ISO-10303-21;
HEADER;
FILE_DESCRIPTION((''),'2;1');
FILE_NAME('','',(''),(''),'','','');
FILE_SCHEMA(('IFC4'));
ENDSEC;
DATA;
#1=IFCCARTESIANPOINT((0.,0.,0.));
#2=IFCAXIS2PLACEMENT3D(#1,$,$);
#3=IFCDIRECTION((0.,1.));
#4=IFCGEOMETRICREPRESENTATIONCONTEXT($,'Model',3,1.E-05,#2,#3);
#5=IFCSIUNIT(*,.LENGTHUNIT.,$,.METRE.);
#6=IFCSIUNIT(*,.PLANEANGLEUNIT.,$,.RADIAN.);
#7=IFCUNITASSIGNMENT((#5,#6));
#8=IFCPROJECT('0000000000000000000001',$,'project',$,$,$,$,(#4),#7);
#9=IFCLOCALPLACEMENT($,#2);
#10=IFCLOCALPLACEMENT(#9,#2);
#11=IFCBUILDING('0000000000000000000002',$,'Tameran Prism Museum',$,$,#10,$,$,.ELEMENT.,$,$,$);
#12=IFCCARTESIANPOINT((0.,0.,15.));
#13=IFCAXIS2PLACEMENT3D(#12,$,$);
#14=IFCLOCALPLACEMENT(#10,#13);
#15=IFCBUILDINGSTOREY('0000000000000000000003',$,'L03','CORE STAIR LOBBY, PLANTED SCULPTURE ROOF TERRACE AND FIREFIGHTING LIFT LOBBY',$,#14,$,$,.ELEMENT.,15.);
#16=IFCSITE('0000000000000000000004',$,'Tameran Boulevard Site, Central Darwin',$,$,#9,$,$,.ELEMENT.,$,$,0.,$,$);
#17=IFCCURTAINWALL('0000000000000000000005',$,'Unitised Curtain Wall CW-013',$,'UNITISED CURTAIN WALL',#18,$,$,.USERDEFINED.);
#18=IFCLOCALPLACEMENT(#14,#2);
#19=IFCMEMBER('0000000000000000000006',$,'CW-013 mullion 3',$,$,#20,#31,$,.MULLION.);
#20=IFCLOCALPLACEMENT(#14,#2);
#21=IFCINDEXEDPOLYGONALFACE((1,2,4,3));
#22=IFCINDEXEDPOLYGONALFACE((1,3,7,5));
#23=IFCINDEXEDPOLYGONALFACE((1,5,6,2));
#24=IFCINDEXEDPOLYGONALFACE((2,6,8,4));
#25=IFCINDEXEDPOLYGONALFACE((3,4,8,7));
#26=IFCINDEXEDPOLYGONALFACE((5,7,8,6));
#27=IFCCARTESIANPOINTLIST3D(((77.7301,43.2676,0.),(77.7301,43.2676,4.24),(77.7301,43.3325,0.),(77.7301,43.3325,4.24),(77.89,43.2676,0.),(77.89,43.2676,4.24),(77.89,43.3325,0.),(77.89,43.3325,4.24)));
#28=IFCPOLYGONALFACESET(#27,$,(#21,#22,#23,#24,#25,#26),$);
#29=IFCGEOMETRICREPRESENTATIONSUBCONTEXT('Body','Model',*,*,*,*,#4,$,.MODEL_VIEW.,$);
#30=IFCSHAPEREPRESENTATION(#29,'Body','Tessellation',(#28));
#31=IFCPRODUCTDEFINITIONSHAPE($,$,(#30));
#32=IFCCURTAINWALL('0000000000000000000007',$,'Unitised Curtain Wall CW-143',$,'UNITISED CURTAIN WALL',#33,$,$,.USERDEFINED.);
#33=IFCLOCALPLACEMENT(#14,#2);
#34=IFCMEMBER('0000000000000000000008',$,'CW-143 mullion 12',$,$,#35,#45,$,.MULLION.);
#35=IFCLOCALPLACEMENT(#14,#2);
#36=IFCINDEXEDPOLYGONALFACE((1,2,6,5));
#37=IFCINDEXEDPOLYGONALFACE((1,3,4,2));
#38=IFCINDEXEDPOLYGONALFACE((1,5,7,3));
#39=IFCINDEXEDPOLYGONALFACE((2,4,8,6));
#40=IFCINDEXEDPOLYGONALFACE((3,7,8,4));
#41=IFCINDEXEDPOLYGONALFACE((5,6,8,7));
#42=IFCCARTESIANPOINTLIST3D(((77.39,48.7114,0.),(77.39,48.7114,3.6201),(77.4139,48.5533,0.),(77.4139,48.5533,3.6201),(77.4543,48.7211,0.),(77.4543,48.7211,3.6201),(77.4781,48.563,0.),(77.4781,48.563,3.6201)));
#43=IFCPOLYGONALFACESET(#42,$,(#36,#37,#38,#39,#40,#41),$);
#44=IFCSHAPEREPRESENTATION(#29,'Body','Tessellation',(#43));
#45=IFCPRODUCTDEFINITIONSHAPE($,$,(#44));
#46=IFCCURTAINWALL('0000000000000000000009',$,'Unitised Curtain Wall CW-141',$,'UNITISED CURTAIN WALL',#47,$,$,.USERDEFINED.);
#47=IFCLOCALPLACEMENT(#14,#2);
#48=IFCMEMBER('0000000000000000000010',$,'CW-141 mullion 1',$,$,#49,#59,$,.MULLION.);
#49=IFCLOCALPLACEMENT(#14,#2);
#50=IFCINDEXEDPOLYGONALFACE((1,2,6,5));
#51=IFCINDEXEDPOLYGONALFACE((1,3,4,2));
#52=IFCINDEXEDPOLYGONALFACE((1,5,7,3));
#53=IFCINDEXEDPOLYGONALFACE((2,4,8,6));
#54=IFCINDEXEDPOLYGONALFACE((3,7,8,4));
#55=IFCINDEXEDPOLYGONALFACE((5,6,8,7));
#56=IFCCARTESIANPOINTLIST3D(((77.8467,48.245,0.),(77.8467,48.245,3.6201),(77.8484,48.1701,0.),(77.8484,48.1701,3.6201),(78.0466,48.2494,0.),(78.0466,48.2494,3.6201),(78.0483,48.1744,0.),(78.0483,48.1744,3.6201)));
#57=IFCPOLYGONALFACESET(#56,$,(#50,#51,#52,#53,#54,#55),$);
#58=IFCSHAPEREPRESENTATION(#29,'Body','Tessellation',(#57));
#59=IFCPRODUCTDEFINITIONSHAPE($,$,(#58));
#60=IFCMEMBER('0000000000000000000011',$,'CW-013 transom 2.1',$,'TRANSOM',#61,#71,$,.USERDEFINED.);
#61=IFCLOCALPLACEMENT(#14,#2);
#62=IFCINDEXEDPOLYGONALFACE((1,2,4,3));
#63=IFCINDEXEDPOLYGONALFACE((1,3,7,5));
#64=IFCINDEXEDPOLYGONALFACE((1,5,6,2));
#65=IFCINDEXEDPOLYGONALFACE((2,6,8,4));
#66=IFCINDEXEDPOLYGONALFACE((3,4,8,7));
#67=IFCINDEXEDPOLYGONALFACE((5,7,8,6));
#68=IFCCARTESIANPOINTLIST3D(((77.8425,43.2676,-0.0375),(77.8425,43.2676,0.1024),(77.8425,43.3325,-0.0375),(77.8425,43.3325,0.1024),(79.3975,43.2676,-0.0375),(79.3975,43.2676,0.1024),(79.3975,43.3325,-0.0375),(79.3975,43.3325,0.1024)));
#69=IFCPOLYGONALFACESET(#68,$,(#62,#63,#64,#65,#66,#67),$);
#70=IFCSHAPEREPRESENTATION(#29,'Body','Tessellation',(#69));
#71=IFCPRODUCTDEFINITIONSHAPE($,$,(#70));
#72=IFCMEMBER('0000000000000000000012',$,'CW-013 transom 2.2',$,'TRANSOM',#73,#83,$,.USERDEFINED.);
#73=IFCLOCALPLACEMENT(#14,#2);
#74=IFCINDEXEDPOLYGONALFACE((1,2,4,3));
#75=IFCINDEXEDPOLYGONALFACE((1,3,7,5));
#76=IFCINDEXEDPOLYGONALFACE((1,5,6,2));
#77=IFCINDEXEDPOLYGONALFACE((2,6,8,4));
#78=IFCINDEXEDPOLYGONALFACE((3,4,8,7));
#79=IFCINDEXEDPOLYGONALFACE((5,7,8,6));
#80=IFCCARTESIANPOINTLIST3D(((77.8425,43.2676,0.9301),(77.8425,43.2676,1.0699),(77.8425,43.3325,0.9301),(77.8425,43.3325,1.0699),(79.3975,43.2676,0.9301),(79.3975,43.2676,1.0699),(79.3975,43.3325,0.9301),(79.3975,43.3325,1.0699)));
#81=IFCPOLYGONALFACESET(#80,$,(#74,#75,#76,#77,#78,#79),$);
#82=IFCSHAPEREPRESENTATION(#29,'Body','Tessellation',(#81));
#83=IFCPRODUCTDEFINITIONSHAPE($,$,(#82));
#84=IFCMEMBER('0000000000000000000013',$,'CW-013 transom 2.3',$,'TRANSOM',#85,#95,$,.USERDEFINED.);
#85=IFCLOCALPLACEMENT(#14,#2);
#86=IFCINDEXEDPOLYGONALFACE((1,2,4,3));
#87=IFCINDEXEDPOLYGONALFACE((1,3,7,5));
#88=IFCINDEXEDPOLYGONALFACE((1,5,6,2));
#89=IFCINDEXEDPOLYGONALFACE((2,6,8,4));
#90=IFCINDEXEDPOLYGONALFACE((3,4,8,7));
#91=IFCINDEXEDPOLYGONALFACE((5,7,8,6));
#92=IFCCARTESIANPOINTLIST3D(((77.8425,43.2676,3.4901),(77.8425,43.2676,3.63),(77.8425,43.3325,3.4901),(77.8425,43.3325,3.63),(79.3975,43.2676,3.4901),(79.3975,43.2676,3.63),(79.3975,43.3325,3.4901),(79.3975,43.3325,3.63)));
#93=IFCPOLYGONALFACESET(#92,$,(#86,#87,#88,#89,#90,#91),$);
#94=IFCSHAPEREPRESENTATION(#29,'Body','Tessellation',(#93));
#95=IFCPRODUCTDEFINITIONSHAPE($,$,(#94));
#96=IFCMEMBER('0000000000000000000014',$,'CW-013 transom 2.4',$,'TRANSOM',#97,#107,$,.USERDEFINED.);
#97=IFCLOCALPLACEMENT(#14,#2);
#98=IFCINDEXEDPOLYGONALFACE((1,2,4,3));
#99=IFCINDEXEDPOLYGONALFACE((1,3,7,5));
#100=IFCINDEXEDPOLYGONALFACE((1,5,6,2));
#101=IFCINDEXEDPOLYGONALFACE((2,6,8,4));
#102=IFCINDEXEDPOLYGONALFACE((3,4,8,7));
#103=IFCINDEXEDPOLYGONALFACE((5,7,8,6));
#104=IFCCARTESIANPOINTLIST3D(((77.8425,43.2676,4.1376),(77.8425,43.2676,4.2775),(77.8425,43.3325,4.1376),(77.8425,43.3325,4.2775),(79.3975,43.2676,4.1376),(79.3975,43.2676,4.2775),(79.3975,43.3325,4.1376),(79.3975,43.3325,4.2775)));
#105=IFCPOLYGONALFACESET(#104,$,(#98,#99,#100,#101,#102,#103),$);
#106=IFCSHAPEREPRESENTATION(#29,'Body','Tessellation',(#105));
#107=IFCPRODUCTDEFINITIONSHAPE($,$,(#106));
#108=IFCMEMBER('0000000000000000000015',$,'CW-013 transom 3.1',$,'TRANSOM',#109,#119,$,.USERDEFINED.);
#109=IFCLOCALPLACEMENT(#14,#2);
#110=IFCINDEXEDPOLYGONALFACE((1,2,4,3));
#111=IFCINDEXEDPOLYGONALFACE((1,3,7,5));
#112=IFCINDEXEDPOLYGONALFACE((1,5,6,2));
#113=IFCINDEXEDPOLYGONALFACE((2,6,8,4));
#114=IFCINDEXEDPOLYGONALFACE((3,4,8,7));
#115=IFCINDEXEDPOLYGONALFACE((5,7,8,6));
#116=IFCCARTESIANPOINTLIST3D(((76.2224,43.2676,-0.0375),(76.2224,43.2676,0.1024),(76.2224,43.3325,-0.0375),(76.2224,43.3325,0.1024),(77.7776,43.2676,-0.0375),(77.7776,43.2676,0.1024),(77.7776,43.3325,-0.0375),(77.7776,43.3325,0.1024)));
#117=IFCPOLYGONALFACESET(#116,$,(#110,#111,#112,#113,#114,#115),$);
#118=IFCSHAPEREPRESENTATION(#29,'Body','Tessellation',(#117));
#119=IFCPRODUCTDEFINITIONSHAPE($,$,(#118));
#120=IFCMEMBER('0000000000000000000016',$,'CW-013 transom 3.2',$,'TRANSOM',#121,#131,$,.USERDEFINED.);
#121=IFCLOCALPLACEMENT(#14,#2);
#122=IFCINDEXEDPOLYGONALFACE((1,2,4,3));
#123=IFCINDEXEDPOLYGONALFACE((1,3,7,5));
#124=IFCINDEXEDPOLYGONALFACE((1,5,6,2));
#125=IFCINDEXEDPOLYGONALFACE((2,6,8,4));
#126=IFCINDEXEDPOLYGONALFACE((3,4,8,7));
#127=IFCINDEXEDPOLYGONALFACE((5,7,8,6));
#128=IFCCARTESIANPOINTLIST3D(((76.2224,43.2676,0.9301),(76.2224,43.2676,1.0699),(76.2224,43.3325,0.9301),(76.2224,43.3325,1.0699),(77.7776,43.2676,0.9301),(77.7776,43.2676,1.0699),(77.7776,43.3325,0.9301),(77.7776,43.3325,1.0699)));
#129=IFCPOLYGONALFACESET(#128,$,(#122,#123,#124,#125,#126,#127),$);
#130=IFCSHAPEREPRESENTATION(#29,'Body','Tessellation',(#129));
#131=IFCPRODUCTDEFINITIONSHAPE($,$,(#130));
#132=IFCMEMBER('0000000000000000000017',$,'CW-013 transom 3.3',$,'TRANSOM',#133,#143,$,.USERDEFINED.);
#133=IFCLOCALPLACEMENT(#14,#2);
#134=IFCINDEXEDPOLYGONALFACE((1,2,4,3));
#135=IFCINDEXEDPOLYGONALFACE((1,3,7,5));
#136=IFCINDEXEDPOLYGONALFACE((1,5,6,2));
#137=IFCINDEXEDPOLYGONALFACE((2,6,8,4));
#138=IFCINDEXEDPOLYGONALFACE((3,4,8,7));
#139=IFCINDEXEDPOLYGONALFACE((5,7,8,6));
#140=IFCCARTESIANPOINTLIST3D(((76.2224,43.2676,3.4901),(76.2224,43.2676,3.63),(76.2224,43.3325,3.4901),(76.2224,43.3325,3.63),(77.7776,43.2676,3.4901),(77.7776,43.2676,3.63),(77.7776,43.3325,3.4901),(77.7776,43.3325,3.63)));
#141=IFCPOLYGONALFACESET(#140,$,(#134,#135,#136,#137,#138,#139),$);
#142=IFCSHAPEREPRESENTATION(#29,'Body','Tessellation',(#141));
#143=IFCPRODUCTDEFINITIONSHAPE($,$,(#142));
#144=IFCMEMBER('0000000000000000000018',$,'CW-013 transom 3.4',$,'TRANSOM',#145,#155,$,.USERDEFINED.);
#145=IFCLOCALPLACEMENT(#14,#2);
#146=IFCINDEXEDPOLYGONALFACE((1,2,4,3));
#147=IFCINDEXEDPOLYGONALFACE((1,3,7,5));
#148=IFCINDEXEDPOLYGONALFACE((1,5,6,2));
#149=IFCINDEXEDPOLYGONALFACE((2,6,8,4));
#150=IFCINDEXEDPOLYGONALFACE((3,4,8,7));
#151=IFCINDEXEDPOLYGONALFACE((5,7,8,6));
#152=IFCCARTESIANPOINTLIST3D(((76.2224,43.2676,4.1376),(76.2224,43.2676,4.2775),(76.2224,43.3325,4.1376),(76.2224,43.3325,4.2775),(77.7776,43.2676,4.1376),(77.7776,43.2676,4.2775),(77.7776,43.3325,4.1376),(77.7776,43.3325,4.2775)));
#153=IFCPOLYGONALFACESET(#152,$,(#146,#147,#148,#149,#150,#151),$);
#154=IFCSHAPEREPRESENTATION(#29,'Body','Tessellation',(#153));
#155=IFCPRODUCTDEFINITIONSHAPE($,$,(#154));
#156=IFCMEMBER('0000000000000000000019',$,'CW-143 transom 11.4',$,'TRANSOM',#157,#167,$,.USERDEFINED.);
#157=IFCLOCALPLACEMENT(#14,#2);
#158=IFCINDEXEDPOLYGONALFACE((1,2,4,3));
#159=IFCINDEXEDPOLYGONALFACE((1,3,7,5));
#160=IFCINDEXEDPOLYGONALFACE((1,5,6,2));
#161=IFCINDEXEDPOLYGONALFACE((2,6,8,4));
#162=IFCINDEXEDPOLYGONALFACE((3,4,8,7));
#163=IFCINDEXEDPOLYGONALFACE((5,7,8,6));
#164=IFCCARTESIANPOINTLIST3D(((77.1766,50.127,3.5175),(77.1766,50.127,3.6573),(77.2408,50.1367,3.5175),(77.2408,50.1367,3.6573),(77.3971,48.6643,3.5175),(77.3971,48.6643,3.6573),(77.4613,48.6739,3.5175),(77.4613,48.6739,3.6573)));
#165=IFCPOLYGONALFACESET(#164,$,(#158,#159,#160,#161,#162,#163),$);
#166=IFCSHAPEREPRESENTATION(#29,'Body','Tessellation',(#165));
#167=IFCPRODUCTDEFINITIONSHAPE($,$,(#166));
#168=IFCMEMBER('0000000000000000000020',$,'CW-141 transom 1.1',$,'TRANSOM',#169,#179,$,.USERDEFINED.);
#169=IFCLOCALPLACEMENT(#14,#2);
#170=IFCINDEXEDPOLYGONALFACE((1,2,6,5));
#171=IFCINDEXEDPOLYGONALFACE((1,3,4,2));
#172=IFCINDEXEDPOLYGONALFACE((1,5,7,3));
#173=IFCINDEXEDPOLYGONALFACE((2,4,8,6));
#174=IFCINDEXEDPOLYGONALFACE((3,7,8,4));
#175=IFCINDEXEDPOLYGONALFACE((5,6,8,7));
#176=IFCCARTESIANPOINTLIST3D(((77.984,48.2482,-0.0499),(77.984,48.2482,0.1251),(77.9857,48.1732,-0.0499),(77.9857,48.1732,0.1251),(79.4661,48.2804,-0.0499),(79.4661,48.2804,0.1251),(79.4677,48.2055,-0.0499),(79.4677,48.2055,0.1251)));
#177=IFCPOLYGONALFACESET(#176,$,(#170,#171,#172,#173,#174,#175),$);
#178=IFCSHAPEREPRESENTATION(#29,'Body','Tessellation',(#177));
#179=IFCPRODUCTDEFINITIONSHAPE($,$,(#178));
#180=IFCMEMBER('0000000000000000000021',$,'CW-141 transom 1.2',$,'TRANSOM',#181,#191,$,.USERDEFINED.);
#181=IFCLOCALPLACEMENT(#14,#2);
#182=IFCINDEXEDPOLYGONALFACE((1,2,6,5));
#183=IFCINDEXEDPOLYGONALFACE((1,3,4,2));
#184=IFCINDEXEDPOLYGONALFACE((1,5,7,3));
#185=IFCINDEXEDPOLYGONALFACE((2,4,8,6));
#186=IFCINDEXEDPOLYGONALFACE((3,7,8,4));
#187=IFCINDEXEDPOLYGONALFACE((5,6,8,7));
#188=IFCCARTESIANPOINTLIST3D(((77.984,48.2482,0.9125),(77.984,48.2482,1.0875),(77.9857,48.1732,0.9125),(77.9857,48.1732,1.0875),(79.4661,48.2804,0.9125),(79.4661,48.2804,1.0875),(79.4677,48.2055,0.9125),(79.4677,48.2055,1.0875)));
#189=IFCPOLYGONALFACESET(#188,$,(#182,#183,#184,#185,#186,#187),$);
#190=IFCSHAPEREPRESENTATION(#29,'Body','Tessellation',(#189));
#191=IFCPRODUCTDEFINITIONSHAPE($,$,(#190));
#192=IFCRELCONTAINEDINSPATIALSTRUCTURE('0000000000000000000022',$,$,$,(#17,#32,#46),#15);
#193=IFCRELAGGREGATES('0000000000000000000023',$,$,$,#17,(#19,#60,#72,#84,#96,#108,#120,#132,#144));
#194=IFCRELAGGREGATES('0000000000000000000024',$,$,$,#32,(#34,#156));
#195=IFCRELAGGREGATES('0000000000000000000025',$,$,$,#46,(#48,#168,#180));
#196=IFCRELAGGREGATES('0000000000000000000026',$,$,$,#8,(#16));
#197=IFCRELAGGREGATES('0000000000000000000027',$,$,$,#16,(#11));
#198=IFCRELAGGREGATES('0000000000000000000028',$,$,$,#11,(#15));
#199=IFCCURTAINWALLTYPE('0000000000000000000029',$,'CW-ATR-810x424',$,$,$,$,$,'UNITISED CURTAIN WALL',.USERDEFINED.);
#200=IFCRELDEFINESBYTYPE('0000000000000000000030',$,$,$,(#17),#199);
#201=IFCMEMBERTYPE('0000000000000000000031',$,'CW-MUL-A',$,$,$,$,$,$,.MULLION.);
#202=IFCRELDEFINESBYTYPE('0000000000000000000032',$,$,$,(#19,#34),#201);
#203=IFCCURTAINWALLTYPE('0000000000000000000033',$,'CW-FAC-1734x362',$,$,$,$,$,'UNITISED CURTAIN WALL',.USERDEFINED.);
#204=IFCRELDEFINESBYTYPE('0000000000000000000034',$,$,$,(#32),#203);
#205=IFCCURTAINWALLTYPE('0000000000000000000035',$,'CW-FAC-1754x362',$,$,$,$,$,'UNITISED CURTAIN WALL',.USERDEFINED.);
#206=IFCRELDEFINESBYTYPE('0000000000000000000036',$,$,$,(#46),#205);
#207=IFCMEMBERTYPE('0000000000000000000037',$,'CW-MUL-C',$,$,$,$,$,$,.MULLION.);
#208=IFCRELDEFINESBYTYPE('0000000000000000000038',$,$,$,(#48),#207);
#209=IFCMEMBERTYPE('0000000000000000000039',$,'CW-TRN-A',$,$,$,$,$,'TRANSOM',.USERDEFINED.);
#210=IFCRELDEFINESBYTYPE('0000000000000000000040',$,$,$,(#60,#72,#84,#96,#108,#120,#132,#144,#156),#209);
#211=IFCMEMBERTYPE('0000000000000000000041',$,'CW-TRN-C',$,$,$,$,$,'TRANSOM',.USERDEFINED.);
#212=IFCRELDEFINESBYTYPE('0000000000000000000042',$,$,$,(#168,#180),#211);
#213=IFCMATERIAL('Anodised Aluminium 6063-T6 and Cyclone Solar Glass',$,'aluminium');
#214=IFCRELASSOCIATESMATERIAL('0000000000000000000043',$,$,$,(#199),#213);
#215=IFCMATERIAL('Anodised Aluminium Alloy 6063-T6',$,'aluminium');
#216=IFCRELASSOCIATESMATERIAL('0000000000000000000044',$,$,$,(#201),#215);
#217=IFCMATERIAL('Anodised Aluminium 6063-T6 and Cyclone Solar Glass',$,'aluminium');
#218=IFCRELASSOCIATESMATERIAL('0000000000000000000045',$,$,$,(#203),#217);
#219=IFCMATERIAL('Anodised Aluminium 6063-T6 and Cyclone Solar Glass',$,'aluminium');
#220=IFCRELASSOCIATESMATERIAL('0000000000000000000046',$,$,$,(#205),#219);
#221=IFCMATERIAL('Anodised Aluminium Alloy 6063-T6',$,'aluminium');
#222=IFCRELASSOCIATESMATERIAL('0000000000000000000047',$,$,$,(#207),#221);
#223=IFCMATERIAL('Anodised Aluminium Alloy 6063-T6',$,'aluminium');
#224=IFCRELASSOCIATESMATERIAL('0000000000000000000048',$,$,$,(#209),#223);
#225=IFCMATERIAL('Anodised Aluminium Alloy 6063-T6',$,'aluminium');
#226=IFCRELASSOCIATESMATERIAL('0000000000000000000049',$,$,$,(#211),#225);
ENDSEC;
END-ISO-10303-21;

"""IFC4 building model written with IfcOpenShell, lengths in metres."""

from ifc_helpers import new_model, si_unit, direction, frame, origin, origin_2d, place, context, subcontext, project, spatial, rectangle, extrude, material, material_profile, profile_set, type_object, element, aggregate, save


model = new_model("IFC4")

# Units and contexts
model_context = context("Model", 3, precision=1e-05, world=origin(), true_north=direction((0.0, 1.0)))
body_context = subcontext(model_context, "Body", "Model", "MODEL_VIEW")
ifc_project = project(units=[si_unit("LENGTHUNIT", "METRE"), si_unit("PLANEANGLEUNIT", "RADIAN")], contexts=[model_context])

# Site, building, storey
site_placement = place(None, origin())
site = spatial("IfcSite", under=ifc_project, at=site_placement, Name="Tameran Boulevard Site, Central Darwin", CompositionType="ELEMENT", RefElevation=0.0)
building_placement = place(site_placement, origin())
building = spatial("IfcBuilding", under=site, at=building_placement, Name="Tameran Prism Museum", CompositionType="ELEMENT")
storey_placement = place(building_placement, frame((0.0, 0.0, 15.0)))
storey = spatial("IfcBuildingStorey", under=building, at=storey_placement, Name="L03", Description="CORE STAIR LOBBY, PLANTED SCULPTURE ROOF TERRACE AND FIREFIGHTING LIFT LOBBY", CompositionType="ELEMENT", Elevation=15.0)

# Curtain walls, members
ifc_material_1 = material(Name="Anodised Aluminium 6063-T6 and Cyclone Solar Glass", Category="aluminium")
curtain_wall_type_1 = type_object("IfcCurtainWallType", Name="CW-ATR-810x424", ElementType="UNITISED CURTAIN WALL", PredefinedType="USERDEFINED", material=ifc_material_1)
curtain_wall_1_placement = place(storey_placement, origin())
curtain_wall_1 = element("IfcCurtainWall", 1, at=curtain_wall_1_placement, inside=storey, type_object=curtain_wall_type_1, Name="Unitised Curtain Wall CW-013", ObjectType="UNITISED CURTAIN WALL", PredefinedType="USERDEFINED")
ifc_material_2 = material(Name="Anodised Aluminium Alloy 6063-T6", Category="aluminium")
ifc_material_profile_1 = material_profile(ifc_material_2, rectangle(XDim=0.0649, YDim=0.1599, at=origin_2d()))
ifc_profile_set_1 = profile_set([ifc_material_profile_1])
member_type_1 = type_object("IfcMemberType", Name="CW-MUL-A", PredefinedType="MULLION", material=ifc_profile_set_1)
member_1_placement = place(storey_placement, frame((77.8101, 43.3, 0.0), z_axis=(0.0, 0.0, 1.0), x_axis=(0.0, -1.0, 0.0)))
member_1 = element("IfcMember", 2, at=member_1_placement, type_object=member_type_1, Name="CW-013 mullion 3", PredefinedType="MULLION", context=body_context, shape_type="SweptSolid", body=[
    extrude(rectangle(XDim=0.0649, YDim=0.1599, at=origin_2d()), origin(), (0.0, 0.0, 1.0), 4.24),
])
ifc_material_3 = material(Name="Anodised Aluminium 6063-T6 and Cyclone Solar Glass", Category="aluminium")
curtain_wall_type_2 = type_object("IfcCurtainWallType", Name="CW-FAC-1734x362", ElementType="UNITISED CURTAIN WALL", PredefinedType="USERDEFINED", material=ifc_material_3)
curtain_wall_2_placement = place(storey_placement, origin())
curtain_wall_2 = element("IfcCurtainWall", 3, at=curtain_wall_2_placement, inside=storey, type_object=curtain_wall_type_2, Name="Unitised Curtain Wall CW-143", ObjectType="UNITISED CURTAIN WALL", PredefinedType="USERDEFINED")
member_2_placement = place(storey_placement, frame((77.4341, 48.6372, 0.0), z_axis=(0.0, 0.0, 1.0), x_axis=(0.988812, 0.149167, 0.0)))
member_2 = element("IfcMember", 4, at=member_2_placement, type_object=member_type_1, Name="CW-143 mullion 12", PredefinedType="MULLION", context=body_context, shape_type="SweptSolid", body=[
    extrude(rectangle(XDim=0.0649, YDim=0.1599, at=origin_2d()), origin(), (0.0, 0.0, 1.0), 3.6201),
])
ifc_material_4 = material(Name="Anodised Aluminium 6063-T6 and Cyclone Solar Glass", Category="aluminium")
curtain_wall_type_3 = type_object("IfcCurtainWallType", Name="CW-FAC-1754x362", ElementType="UNITISED CURTAIN WALL", PredefinedType="USERDEFINED", material=ifc_material_4)
curtain_wall_3_placement = place(storey_placement, origin())
curtain_wall_3 = element("IfcCurtainWall", 5, at=curtain_wall_3_placement, inside=storey, type_object=curtain_wall_type_3, Name="Unitised Curtain Wall CW-141", ObjectType="UNITISED CURTAIN WALL", PredefinedType="USERDEFINED")
ifc_material_5 = material(Name="Anodised Aluminium Alloy 6063-T6", Category="aluminium")
ifc_material_profile_2 = material_profile(ifc_material_5, rectangle(XDim=0.075, YDim=0.2, at=origin_2d()))
ifc_profile_set_2 = profile_set([ifc_material_profile_2])
member_type_2 = type_object("IfcMemberType", Name="CW-MUL-C", PredefinedType="MULLION", material=ifc_profile_set_2)
member_3_placement = place(storey_placement, frame((77.9475, 48.2097, 0.0), z_axis=(0.0, 0.0, 1.0), x_axis=(-0.021831, 0.999762, 0.0)))
member_3 = element("IfcMember", 6, at=member_3_placement, type_object=member_type_2, Name="CW-141 mullion 1", PredefinedType="MULLION", context=body_context, shape_type="SweptSolid", body=[
    extrude(rectangle(XDim=0.075, YDim=0.2, at=origin_2d()), origin(), (0.0, 0.0, 1.0), 3.6201),
])

# Members
ifc_material_6 = material(Name="Anodised Aluminium Alloy 6063-T6", Category="aluminium")
ifc_material_profile_3 = material_profile(ifc_material_6, rectangle(XDim=0.0649, YDim=0.1399, at=origin_2d()))
ifc_profile_set_3 = profile_set([ifc_material_profile_3])
member_type_3 = type_object("IfcMemberType", Name="CW-TRN-A", ElementType="TRANSOM", PredefinedType="USERDEFINED", material=ifc_profile_set_3)
member_4_placement = place(storey_placement, frame((79.3975, 43.3, 0.0325), z_axis=(-1.0, 0.0, 0.0), x_axis=(0.0, -1.0, 0.0)))
member_4 = element("IfcMember", 7, at=member_4_placement, type_object=member_type_3, Name="CW-013 transom 2.1", ObjectType="TRANSOM", PredefinedType="USERDEFINED", context=body_context, shape_type="SweptSolid", body=[
    extrude(rectangle(XDim=0.0649, YDim=0.1399, at=origin_2d()), origin(), (0.0, 0.0, 1.0), 1.5549),
])
member_5_placement = place(storey_placement, frame((79.3975, 43.3, 1.0), z_axis=(-1.0, 0.0, 0.0), x_axis=(0.0, -1.0, 0.0)))
member_5 = element("IfcMember", 8, at=member_5_placement, type_object=member_type_3, Name="CW-013 transom 2.2", ObjectType="TRANSOM", PredefinedType="USERDEFINED", context=body_context, shape_type="SweptSolid", body=[
    extrude(rectangle(XDim=0.0649, YDim=0.1399, at=origin_2d()), origin(), (0.0, 0.0, 1.0), 1.5549),
])
member_6_placement = place(storey_placement, frame((79.3975, 43.3, 3.5601), z_axis=(-1.0, 0.0, 0.0), x_axis=(0.0, -1.0, 0.0)))
member_6 = element("IfcMember", 9, at=member_6_placement, type_object=member_type_3, Name="CW-013 transom 2.3", ObjectType="TRANSOM", PredefinedType="USERDEFINED", context=body_context, shape_type="SweptSolid", body=[
    extrude(rectangle(XDim=0.0649, YDim=0.1399, at=origin_2d()), origin(), (0.0, 0.0, 1.0), 1.5549),
])
member_7_placement = place(storey_placement, frame((79.3975, 43.3, 4.2075), z_axis=(-1.0, 0.0, 0.0), x_axis=(0.0, -1.0, 0.0)))
member_7 = element("IfcMember", 10, at=member_7_placement, type_object=member_type_3, Name="CW-013 transom 2.4", ObjectType="TRANSOM", PredefinedType="USERDEFINED", context=body_context, shape_type="SweptSolid", body=[
    extrude(rectangle(XDim=0.0649, YDim=0.1399, at=origin_2d()), origin(), (0.0, 0.0, 1.0), 1.5549),
])
member_8_placement = place(storey_placement, frame((77.7776, 43.3, 0.0325), z_axis=(-1.0, 0.0, 0.0), x_axis=(0.0, -1.0, 0.0)))
member_8 = element("IfcMember", 11, at=member_8_placement, type_object=member_type_3, Name="CW-013 transom 3.1", ObjectType="TRANSOM", PredefinedType="USERDEFINED", context=body_context, shape_type="SweptSolid", body=[
    extrude(rectangle(XDim=0.0649, YDim=0.1399, at=origin_2d()), origin(), (0.0, 0.0, 1.0), 1.5552),
])
member_9_placement = place(storey_placement, frame((77.7776, 43.3, 1.0), z_axis=(-1.0, 0.0, 0.0), x_axis=(0.0, -1.0, 0.0)))
member_9 = element("IfcMember", 12, at=member_9_placement, type_object=member_type_3, Name="CW-013 transom 3.2", ObjectType="TRANSOM", PredefinedType="USERDEFINED", context=body_context, shape_type="SweptSolid", body=[
    extrude(rectangle(XDim=0.0649, YDim=0.1399, at=origin_2d()), origin(), (0.0, 0.0, 1.0), 1.5552),
])
member_10_placement = place(storey_placement, frame((77.7776, 43.3, 3.5601), z_axis=(-1.0, 0.0, 0.0), x_axis=(0.0, -1.0, 0.0)))
member_10 = element("IfcMember", 13, at=member_10_placement, type_object=member_type_3, Name="CW-013 transom 3.3", ObjectType="TRANSOM", PredefinedType="USERDEFINED", context=body_context, shape_type="SweptSolid", body=[
    extrude(rectangle(XDim=0.0649, YDim=0.1399, at=origin_2d()), origin(), (0.0, 0.0, 1.0), 1.5552),
])
member_11_placement = place(storey_placement, frame((77.7776, 43.3, 4.2075), z_axis=(-1.0, 0.0, 0.0), x_axis=(0.0, -1.0, 0.0)))
member_11 = element("IfcMember", 14, at=member_11_placement, type_object=member_type_3, Name="CW-013 transom 3.4", ObjectType="TRANSOM", PredefinedType="USERDEFINED", context=body_context, shape_type="SweptSolid", body=[
    extrude(rectangle(XDim=0.0649, YDim=0.1399, at=origin_2d()), origin(), (0.0, 0.0, 1.0), 1.5552),
])
member_12_placement = place(storey_placement, frame((77.2087, 50.1318, 3.5874), z_axis=(0.149043, -0.988831, 0.0), x_axis=(0.988831, 0.149043, 0.0)))
member_12 = element("IfcMember", 15, at=member_12_placement, type_object=member_type_3, Name="CW-143 transom 11.4", ObjectType="TRANSOM", PredefinedType="USERDEFINED", context=body_context, shape_type="SweptSolid", body=[
    extrude(rectangle(XDim=0.0649, YDim=0.1399, at=origin_2d()), origin(), (0.0, 0.0, 1.0), 1.4792),
])
ifc_material_7 = material(Name="Anodised Aluminium Alloy 6063-T6", Category="aluminium")
ifc_material_profile_4 = material_profile(ifc_material_7, rectangle(XDim=0.075, YDim=0.175, at=origin_2d()))
ifc_profile_set_4 = profile_set([ifc_material_profile_4])
member_type_4 = type_object("IfcMemberType", Name="CW-TRN-C", ElementType="TRANSOM", PredefinedType="USERDEFINED", material=ifc_profile_set_4)
member_13_placement = place(storey_placement, frame((77.9849, 48.2107, 0.0376), z_axis=(0.999764, 0.021738, 0.0), x_axis=(-0.021738, 0.999764, 0.0)))
member_13 = element("IfcMember", 16, at=member_13_placement, type_object=member_type_4, Name="CW-141 transom 1.1", ObjectType="TRANSOM", PredefinedType="USERDEFINED", context=body_context, shape_type="SweptSolid", body=[
    extrude(rectangle(XDim=0.075, YDim=0.175, at=origin_2d()), origin(), (0.0, 0.0, 1.0), 1.4824),
])
member_14_placement = place(storey_placement, frame((77.9849, 48.2107, 1.0), z_axis=(0.999764, 0.021738, 0.0), x_axis=(-0.021738, 0.999764, 0.0)))
member_14 = element("IfcMember", 17, at=member_14_placement, type_object=member_type_4, Name="CW-141 transom 1.2", ObjectType="TRANSOM", PredefinedType="USERDEFINED", context=body_context, shape_type="SweptSolid", body=[
    extrude(rectangle(XDim=0.075, YDim=0.175, at=origin_2d()), origin(), (0.0, 0.0, 1.0), 1.4824),
])

aggregate(curtain_wall_1, [member_1, member_4, member_5, member_6, member_7, member_8, member_9, member_10, member_11])
aggregate(curtain_wall_2, [member_2, member_12])
aggregate(curtain_wall_3, [member_3, member_13, member_14])

save(model, "model.ifc")
